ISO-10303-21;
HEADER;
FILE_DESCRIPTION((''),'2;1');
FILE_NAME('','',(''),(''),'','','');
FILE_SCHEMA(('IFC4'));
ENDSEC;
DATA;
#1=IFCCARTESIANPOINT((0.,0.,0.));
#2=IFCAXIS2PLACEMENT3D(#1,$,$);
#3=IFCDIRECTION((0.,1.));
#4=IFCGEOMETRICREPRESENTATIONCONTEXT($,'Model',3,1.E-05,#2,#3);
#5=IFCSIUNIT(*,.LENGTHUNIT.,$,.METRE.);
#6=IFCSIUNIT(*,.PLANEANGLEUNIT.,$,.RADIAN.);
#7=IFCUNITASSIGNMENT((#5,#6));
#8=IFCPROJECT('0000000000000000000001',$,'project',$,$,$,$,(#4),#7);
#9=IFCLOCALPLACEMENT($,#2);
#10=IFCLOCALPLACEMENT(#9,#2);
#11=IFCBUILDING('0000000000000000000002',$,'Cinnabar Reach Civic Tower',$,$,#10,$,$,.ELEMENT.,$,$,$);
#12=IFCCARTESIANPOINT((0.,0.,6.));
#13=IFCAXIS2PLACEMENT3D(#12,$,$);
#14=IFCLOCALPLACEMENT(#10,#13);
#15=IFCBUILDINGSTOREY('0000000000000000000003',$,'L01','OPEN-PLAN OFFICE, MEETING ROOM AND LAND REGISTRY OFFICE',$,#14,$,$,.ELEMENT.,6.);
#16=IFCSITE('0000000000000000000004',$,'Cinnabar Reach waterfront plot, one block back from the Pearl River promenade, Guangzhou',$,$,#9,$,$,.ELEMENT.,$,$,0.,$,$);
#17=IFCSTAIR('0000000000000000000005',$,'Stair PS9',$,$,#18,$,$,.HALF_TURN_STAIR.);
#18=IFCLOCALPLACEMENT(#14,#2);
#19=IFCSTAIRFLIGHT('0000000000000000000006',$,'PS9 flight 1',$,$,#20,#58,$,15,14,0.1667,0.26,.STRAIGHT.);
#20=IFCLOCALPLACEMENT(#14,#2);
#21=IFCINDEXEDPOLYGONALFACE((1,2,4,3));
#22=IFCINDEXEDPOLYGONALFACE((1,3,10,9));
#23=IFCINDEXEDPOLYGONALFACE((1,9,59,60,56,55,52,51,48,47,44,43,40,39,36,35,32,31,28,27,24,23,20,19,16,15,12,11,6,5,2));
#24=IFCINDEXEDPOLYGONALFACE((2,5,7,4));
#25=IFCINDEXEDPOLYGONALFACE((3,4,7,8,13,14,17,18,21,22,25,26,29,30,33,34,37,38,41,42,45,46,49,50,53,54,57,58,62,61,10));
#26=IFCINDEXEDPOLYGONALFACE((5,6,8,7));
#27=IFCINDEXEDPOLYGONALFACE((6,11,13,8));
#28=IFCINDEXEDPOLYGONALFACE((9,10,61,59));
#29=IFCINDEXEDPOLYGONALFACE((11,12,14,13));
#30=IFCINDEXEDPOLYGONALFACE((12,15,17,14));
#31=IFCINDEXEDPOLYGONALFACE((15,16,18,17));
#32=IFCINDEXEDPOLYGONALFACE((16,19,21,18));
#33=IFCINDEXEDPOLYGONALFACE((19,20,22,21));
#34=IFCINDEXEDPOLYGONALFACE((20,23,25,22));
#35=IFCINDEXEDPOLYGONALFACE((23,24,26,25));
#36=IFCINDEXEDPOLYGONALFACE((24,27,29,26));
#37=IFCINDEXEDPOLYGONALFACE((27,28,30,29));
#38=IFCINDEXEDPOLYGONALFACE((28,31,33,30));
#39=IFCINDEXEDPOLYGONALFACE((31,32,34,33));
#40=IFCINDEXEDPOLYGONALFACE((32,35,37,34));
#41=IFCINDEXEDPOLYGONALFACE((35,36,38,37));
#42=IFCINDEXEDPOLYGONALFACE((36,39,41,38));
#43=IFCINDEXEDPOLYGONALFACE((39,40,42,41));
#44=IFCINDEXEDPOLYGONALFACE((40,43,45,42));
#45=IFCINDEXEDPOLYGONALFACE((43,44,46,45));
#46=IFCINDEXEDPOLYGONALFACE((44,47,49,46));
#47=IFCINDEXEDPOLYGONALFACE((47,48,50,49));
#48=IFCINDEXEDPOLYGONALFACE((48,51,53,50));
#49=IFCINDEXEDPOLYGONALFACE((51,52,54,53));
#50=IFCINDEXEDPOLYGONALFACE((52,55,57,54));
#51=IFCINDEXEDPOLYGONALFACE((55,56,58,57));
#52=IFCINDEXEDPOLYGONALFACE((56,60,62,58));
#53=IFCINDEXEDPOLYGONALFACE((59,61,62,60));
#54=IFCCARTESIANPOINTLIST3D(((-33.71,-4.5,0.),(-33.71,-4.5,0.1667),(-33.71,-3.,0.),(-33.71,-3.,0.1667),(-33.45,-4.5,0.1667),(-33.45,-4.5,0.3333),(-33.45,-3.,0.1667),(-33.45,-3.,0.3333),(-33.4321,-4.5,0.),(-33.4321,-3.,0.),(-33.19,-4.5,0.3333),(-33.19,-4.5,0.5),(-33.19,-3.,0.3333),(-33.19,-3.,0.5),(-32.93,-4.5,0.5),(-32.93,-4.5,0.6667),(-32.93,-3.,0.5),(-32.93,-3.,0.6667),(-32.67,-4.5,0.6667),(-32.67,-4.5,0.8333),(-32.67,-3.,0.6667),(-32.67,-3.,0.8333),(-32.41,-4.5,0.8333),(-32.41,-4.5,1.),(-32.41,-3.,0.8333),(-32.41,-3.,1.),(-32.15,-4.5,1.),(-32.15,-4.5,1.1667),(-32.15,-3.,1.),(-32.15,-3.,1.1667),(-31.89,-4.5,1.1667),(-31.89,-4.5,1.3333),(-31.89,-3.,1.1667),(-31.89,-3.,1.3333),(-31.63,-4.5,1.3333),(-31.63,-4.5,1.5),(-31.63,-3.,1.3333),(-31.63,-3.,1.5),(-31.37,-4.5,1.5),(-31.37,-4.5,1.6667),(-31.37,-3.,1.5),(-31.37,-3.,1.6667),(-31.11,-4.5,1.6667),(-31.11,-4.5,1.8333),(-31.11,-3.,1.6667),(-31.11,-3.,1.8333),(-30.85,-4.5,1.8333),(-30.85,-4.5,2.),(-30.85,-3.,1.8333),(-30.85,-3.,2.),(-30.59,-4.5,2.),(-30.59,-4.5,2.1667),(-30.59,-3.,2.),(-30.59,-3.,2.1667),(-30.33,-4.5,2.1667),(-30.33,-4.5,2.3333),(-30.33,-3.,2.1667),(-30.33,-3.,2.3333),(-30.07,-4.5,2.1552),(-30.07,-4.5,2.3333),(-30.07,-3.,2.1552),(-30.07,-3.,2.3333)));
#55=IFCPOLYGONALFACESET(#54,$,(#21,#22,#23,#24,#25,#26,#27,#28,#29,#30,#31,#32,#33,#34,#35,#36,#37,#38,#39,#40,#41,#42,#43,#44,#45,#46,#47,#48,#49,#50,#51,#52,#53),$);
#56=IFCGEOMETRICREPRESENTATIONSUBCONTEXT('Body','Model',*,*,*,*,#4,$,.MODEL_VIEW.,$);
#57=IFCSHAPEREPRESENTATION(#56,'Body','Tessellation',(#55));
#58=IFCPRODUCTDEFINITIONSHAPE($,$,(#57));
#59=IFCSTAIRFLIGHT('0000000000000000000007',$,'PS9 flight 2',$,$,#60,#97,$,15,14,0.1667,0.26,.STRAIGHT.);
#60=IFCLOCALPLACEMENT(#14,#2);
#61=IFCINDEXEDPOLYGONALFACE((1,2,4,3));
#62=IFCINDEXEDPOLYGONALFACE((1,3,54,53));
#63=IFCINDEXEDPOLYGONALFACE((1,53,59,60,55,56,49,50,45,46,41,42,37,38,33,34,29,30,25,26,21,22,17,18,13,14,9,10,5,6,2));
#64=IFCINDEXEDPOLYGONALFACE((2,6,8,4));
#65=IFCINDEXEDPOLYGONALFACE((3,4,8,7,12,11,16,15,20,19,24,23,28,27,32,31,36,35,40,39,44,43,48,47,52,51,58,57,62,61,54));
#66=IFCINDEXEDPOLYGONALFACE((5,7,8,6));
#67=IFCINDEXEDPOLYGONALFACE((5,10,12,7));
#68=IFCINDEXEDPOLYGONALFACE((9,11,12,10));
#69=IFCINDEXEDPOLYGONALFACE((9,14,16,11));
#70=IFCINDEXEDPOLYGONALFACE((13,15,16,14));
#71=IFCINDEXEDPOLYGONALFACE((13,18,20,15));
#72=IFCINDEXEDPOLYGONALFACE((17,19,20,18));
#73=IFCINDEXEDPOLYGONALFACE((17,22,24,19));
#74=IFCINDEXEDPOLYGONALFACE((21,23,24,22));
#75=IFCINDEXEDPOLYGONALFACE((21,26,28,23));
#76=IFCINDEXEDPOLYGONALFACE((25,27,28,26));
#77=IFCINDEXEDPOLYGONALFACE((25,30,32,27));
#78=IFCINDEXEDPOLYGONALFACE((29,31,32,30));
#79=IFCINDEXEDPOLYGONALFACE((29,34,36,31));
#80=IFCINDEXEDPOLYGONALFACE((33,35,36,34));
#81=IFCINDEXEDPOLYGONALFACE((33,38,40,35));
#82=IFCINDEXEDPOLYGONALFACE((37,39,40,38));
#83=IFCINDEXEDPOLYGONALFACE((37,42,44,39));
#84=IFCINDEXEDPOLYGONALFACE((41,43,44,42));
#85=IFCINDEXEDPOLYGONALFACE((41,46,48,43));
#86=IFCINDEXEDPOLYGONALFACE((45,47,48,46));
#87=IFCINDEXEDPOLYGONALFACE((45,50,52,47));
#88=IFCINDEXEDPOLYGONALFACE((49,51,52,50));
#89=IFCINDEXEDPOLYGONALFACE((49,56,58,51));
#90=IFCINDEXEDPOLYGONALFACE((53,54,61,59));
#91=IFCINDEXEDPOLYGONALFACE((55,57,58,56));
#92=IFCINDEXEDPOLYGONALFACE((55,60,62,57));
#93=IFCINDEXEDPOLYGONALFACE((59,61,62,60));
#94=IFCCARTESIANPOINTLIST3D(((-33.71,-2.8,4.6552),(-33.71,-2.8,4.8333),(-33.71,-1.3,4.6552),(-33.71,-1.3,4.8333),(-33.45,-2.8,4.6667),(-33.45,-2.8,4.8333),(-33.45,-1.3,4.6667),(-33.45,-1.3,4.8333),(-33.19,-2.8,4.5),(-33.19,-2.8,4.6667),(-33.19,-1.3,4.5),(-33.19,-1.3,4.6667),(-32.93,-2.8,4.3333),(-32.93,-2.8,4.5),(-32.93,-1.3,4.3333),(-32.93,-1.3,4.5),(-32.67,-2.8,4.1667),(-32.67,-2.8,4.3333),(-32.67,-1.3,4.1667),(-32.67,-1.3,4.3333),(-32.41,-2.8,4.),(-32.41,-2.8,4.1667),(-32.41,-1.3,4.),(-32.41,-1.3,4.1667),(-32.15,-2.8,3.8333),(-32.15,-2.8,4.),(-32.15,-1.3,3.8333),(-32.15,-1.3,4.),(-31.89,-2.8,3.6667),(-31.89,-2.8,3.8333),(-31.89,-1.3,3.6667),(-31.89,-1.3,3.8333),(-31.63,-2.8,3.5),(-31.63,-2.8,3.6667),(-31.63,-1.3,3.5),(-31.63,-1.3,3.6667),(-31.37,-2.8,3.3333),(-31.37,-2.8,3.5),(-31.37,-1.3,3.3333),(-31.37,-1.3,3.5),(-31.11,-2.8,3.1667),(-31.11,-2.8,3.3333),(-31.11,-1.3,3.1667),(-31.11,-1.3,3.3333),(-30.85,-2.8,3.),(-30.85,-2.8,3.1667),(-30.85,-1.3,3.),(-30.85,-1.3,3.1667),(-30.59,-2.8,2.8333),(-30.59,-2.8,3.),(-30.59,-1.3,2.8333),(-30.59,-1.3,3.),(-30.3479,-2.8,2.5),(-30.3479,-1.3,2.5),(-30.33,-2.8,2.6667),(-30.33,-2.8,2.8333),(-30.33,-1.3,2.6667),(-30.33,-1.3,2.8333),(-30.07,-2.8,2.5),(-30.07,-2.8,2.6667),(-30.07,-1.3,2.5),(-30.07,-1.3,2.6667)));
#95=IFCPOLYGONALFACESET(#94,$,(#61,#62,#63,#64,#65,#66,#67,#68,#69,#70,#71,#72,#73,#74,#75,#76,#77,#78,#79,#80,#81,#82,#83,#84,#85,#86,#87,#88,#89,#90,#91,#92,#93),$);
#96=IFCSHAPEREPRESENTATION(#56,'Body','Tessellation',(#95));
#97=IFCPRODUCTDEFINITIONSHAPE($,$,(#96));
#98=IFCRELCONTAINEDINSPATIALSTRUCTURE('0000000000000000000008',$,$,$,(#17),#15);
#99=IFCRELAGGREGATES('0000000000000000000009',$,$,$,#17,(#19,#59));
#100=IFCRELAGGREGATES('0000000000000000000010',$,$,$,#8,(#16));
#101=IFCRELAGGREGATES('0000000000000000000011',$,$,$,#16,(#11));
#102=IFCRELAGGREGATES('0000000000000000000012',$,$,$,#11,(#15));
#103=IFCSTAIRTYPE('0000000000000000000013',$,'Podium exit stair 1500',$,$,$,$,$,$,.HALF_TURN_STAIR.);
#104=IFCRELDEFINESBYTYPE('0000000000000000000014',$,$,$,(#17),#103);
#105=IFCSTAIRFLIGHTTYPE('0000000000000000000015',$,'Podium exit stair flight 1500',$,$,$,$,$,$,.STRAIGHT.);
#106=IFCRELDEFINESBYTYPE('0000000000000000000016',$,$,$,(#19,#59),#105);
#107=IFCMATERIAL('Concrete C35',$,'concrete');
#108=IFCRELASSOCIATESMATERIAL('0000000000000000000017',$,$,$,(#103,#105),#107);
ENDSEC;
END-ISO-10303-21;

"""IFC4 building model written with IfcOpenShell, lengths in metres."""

from ifc_helpers import new_model, si_unit, direction, frame, origin, place, context, subcontext, project, spatial, polyline, outline, extrude, material, type_object, element, aggregate, save


model = new_model("IFC4")

# Units and contexts
model_context = context("Model", 3, precision=1e-05, world=origin(), true_north=direction((0.0, 1.0)))
body_context = subcontext(model_context, "Body", "Model", "MODEL_VIEW")
ifc_project = project(units=[si_unit("LENGTHUNIT", "METRE"), si_unit("PLANEANGLEUNIT", "RADIAN")], contexts=[model_context])

# Site, building, storey
site_placement = place(None, origin())
site = spatial("IfcSite", under=ifc_project, at=site_placement, Name="Cinnabar Reach waterfront plot, one block back from the Pearl River promenade, Guangzhou", CompositionType="ELEMENT", RefElevation=0.0)
building_placement = place(site_placement, origin())
building = spatial("IfcBuilding", under=site, at=building_placement, Name="Cinnabar Reach Civic Tower", CompositionType="ELEMENT")
storey_placement = place(building_placement, frame((0.0, 0.0, 6.0)))
storey = spatial("IfcBuildingStorey", under=building, at=storey_placement, Name="L01", Description="OPEN-PLAN OFFICE, MEETING ROOM AND LAND REGISTRY OFFICE", CompositionType="ELEMENT", Elevation=6.0)

# Stair, stair flights
ifc_material_1 = material(Name="Concrete C35", Category="concrete")
stair_type = type_object("IfcStairType", Name="Podium exit stair 1500", PredefinedType="HALF_TURN_STAIR", material=ifc_material_1)
stair_placement = place(storey_placement, origin())
stair = element("IfcStair", 1, at=stair_placement, inside=storey, type_object=stair_type, Name="Stair PS9", PredefinedType="HALF_TURN_STAIR")
stair_flight_type = type_object("IfcStairFlightType", Name="Podium exit stair flight 1500", PredefinedType="STRAIGHT", material=ifc_material_1)
stair_flight_1_placement = place(storey_placement, frame((-33.71, -3.75, 0.0), z_axis=(0.0, 0.0, 1.0), x_axis=(1.0, 0.0, 0.0)))
stair_flight_1 = element("IfcStairFlight", 2, at=stair_flight_1_placement, type_object=stair_flight_type, Name="PS9 flight 1", NumberOfRisers=15, NumberOfTreads=14, PredefinedType="STRAIGHT", RiserHeight=0.1667, TreadLength=0.26, context=body_context, shape_type="SweptSolid", body=[
    extrude(outline(polyline([(0.0, 0.0), (0.0, 0.1667), (0.26, 0.1667), (0.26, 0.3333), (0.52, 0.3333), (0.52, 0.5), (0.78, 0.5), (0.78, 0.6667), (1.04, 0.6667), (1.04, 0.8333), (1.3, 0.8333), (1.3, 1.0), (1.56, 1.0), (1.56, 1.1667), (1.82, 1.1667), (1.82, 1.3333), (2.08, 1.3333), (2.08, 1.5), (2.34, 1.5), (2.34, 1.6667), (2.6, 1.6667), (2.6, 1.8333), (2.86, 1.8333), (2.86, 2.0), (3.12, 2.0), (3.12, 2.1667), (3.38, 2.1667), (3.38, 2.3333), (3.64, 2.3333), (3.64, 2.5), (3.64, 2.1552), (0.2779, 0.0), (0.0, 0.0)])), frame((0.0, 0.75, 0.0), z_axis=(0.0, -1.0, 0.0), x_axis=(1.0, 0.0, 0.0)), (0.0, 0.0, 1.0), 1.5),
])
stair_flight_2_placement = place(storey_placement, frame((-30.07, -2.05, 2.5), z_axis=(0.0, 0.0, 1.0), x_axis=(-1.0, 0.0, 0.0)))
stair_flight_2 = element("IfcStairFlight", 3, at=stair_flight_2_placement, type_object=stair_flight_type, Name="PS9 flight 2", NumberOfRisers=15, NumberOfTreads=14, PredefinedType="STRAIGHT", RiserHeight=0.1667, TreadLength=0.26, context=body_context, shape_type="SweptSolid", body=[
    extrude(outline(polyline([(0.0, 0.0), (0.0, 0.1667), (0.26, 0.1667), (0.26, 0.3333), (0.52, 0.3333), (0.52, 0.5), (0.78, 0.5), (0.78, 0.6667), (1.04, 0.6667), (1.04, 0.8333), (1.3, 0.8333), (1.3, 1.0), (1.56, 1.0), (1.56, 1.1667), (1.82, 1.1667), (1.82, 1.3333), (2.08, 1.3333), (2.08, 1.5), (2.34, 1.5), (2.34, 1.6667), (2.6, 1.6667), (2.6, 1.8333), (2.86, 1.8333), (2.86, 2.0), (3.12, 2.0), (3.12, 2.1667), (3.38, 2.1667), (3.38, 2.3333), (3.64, 2.3333), (3.64, 2.5), (3.64, 2.1552), (0.2779, 0.0), (0.0, 0.0)])), frame((0.0, 0.75, 0.0), z_axis=(0.0, -1.0, 0.0), x_axis=(1.0, 0.0, 0.0)), (0.0, 0.0, 1.0), 1.5),
])
aggregate(stair, [stair_flight_1, stair_flight_2])

save(model, "model.ifc")
